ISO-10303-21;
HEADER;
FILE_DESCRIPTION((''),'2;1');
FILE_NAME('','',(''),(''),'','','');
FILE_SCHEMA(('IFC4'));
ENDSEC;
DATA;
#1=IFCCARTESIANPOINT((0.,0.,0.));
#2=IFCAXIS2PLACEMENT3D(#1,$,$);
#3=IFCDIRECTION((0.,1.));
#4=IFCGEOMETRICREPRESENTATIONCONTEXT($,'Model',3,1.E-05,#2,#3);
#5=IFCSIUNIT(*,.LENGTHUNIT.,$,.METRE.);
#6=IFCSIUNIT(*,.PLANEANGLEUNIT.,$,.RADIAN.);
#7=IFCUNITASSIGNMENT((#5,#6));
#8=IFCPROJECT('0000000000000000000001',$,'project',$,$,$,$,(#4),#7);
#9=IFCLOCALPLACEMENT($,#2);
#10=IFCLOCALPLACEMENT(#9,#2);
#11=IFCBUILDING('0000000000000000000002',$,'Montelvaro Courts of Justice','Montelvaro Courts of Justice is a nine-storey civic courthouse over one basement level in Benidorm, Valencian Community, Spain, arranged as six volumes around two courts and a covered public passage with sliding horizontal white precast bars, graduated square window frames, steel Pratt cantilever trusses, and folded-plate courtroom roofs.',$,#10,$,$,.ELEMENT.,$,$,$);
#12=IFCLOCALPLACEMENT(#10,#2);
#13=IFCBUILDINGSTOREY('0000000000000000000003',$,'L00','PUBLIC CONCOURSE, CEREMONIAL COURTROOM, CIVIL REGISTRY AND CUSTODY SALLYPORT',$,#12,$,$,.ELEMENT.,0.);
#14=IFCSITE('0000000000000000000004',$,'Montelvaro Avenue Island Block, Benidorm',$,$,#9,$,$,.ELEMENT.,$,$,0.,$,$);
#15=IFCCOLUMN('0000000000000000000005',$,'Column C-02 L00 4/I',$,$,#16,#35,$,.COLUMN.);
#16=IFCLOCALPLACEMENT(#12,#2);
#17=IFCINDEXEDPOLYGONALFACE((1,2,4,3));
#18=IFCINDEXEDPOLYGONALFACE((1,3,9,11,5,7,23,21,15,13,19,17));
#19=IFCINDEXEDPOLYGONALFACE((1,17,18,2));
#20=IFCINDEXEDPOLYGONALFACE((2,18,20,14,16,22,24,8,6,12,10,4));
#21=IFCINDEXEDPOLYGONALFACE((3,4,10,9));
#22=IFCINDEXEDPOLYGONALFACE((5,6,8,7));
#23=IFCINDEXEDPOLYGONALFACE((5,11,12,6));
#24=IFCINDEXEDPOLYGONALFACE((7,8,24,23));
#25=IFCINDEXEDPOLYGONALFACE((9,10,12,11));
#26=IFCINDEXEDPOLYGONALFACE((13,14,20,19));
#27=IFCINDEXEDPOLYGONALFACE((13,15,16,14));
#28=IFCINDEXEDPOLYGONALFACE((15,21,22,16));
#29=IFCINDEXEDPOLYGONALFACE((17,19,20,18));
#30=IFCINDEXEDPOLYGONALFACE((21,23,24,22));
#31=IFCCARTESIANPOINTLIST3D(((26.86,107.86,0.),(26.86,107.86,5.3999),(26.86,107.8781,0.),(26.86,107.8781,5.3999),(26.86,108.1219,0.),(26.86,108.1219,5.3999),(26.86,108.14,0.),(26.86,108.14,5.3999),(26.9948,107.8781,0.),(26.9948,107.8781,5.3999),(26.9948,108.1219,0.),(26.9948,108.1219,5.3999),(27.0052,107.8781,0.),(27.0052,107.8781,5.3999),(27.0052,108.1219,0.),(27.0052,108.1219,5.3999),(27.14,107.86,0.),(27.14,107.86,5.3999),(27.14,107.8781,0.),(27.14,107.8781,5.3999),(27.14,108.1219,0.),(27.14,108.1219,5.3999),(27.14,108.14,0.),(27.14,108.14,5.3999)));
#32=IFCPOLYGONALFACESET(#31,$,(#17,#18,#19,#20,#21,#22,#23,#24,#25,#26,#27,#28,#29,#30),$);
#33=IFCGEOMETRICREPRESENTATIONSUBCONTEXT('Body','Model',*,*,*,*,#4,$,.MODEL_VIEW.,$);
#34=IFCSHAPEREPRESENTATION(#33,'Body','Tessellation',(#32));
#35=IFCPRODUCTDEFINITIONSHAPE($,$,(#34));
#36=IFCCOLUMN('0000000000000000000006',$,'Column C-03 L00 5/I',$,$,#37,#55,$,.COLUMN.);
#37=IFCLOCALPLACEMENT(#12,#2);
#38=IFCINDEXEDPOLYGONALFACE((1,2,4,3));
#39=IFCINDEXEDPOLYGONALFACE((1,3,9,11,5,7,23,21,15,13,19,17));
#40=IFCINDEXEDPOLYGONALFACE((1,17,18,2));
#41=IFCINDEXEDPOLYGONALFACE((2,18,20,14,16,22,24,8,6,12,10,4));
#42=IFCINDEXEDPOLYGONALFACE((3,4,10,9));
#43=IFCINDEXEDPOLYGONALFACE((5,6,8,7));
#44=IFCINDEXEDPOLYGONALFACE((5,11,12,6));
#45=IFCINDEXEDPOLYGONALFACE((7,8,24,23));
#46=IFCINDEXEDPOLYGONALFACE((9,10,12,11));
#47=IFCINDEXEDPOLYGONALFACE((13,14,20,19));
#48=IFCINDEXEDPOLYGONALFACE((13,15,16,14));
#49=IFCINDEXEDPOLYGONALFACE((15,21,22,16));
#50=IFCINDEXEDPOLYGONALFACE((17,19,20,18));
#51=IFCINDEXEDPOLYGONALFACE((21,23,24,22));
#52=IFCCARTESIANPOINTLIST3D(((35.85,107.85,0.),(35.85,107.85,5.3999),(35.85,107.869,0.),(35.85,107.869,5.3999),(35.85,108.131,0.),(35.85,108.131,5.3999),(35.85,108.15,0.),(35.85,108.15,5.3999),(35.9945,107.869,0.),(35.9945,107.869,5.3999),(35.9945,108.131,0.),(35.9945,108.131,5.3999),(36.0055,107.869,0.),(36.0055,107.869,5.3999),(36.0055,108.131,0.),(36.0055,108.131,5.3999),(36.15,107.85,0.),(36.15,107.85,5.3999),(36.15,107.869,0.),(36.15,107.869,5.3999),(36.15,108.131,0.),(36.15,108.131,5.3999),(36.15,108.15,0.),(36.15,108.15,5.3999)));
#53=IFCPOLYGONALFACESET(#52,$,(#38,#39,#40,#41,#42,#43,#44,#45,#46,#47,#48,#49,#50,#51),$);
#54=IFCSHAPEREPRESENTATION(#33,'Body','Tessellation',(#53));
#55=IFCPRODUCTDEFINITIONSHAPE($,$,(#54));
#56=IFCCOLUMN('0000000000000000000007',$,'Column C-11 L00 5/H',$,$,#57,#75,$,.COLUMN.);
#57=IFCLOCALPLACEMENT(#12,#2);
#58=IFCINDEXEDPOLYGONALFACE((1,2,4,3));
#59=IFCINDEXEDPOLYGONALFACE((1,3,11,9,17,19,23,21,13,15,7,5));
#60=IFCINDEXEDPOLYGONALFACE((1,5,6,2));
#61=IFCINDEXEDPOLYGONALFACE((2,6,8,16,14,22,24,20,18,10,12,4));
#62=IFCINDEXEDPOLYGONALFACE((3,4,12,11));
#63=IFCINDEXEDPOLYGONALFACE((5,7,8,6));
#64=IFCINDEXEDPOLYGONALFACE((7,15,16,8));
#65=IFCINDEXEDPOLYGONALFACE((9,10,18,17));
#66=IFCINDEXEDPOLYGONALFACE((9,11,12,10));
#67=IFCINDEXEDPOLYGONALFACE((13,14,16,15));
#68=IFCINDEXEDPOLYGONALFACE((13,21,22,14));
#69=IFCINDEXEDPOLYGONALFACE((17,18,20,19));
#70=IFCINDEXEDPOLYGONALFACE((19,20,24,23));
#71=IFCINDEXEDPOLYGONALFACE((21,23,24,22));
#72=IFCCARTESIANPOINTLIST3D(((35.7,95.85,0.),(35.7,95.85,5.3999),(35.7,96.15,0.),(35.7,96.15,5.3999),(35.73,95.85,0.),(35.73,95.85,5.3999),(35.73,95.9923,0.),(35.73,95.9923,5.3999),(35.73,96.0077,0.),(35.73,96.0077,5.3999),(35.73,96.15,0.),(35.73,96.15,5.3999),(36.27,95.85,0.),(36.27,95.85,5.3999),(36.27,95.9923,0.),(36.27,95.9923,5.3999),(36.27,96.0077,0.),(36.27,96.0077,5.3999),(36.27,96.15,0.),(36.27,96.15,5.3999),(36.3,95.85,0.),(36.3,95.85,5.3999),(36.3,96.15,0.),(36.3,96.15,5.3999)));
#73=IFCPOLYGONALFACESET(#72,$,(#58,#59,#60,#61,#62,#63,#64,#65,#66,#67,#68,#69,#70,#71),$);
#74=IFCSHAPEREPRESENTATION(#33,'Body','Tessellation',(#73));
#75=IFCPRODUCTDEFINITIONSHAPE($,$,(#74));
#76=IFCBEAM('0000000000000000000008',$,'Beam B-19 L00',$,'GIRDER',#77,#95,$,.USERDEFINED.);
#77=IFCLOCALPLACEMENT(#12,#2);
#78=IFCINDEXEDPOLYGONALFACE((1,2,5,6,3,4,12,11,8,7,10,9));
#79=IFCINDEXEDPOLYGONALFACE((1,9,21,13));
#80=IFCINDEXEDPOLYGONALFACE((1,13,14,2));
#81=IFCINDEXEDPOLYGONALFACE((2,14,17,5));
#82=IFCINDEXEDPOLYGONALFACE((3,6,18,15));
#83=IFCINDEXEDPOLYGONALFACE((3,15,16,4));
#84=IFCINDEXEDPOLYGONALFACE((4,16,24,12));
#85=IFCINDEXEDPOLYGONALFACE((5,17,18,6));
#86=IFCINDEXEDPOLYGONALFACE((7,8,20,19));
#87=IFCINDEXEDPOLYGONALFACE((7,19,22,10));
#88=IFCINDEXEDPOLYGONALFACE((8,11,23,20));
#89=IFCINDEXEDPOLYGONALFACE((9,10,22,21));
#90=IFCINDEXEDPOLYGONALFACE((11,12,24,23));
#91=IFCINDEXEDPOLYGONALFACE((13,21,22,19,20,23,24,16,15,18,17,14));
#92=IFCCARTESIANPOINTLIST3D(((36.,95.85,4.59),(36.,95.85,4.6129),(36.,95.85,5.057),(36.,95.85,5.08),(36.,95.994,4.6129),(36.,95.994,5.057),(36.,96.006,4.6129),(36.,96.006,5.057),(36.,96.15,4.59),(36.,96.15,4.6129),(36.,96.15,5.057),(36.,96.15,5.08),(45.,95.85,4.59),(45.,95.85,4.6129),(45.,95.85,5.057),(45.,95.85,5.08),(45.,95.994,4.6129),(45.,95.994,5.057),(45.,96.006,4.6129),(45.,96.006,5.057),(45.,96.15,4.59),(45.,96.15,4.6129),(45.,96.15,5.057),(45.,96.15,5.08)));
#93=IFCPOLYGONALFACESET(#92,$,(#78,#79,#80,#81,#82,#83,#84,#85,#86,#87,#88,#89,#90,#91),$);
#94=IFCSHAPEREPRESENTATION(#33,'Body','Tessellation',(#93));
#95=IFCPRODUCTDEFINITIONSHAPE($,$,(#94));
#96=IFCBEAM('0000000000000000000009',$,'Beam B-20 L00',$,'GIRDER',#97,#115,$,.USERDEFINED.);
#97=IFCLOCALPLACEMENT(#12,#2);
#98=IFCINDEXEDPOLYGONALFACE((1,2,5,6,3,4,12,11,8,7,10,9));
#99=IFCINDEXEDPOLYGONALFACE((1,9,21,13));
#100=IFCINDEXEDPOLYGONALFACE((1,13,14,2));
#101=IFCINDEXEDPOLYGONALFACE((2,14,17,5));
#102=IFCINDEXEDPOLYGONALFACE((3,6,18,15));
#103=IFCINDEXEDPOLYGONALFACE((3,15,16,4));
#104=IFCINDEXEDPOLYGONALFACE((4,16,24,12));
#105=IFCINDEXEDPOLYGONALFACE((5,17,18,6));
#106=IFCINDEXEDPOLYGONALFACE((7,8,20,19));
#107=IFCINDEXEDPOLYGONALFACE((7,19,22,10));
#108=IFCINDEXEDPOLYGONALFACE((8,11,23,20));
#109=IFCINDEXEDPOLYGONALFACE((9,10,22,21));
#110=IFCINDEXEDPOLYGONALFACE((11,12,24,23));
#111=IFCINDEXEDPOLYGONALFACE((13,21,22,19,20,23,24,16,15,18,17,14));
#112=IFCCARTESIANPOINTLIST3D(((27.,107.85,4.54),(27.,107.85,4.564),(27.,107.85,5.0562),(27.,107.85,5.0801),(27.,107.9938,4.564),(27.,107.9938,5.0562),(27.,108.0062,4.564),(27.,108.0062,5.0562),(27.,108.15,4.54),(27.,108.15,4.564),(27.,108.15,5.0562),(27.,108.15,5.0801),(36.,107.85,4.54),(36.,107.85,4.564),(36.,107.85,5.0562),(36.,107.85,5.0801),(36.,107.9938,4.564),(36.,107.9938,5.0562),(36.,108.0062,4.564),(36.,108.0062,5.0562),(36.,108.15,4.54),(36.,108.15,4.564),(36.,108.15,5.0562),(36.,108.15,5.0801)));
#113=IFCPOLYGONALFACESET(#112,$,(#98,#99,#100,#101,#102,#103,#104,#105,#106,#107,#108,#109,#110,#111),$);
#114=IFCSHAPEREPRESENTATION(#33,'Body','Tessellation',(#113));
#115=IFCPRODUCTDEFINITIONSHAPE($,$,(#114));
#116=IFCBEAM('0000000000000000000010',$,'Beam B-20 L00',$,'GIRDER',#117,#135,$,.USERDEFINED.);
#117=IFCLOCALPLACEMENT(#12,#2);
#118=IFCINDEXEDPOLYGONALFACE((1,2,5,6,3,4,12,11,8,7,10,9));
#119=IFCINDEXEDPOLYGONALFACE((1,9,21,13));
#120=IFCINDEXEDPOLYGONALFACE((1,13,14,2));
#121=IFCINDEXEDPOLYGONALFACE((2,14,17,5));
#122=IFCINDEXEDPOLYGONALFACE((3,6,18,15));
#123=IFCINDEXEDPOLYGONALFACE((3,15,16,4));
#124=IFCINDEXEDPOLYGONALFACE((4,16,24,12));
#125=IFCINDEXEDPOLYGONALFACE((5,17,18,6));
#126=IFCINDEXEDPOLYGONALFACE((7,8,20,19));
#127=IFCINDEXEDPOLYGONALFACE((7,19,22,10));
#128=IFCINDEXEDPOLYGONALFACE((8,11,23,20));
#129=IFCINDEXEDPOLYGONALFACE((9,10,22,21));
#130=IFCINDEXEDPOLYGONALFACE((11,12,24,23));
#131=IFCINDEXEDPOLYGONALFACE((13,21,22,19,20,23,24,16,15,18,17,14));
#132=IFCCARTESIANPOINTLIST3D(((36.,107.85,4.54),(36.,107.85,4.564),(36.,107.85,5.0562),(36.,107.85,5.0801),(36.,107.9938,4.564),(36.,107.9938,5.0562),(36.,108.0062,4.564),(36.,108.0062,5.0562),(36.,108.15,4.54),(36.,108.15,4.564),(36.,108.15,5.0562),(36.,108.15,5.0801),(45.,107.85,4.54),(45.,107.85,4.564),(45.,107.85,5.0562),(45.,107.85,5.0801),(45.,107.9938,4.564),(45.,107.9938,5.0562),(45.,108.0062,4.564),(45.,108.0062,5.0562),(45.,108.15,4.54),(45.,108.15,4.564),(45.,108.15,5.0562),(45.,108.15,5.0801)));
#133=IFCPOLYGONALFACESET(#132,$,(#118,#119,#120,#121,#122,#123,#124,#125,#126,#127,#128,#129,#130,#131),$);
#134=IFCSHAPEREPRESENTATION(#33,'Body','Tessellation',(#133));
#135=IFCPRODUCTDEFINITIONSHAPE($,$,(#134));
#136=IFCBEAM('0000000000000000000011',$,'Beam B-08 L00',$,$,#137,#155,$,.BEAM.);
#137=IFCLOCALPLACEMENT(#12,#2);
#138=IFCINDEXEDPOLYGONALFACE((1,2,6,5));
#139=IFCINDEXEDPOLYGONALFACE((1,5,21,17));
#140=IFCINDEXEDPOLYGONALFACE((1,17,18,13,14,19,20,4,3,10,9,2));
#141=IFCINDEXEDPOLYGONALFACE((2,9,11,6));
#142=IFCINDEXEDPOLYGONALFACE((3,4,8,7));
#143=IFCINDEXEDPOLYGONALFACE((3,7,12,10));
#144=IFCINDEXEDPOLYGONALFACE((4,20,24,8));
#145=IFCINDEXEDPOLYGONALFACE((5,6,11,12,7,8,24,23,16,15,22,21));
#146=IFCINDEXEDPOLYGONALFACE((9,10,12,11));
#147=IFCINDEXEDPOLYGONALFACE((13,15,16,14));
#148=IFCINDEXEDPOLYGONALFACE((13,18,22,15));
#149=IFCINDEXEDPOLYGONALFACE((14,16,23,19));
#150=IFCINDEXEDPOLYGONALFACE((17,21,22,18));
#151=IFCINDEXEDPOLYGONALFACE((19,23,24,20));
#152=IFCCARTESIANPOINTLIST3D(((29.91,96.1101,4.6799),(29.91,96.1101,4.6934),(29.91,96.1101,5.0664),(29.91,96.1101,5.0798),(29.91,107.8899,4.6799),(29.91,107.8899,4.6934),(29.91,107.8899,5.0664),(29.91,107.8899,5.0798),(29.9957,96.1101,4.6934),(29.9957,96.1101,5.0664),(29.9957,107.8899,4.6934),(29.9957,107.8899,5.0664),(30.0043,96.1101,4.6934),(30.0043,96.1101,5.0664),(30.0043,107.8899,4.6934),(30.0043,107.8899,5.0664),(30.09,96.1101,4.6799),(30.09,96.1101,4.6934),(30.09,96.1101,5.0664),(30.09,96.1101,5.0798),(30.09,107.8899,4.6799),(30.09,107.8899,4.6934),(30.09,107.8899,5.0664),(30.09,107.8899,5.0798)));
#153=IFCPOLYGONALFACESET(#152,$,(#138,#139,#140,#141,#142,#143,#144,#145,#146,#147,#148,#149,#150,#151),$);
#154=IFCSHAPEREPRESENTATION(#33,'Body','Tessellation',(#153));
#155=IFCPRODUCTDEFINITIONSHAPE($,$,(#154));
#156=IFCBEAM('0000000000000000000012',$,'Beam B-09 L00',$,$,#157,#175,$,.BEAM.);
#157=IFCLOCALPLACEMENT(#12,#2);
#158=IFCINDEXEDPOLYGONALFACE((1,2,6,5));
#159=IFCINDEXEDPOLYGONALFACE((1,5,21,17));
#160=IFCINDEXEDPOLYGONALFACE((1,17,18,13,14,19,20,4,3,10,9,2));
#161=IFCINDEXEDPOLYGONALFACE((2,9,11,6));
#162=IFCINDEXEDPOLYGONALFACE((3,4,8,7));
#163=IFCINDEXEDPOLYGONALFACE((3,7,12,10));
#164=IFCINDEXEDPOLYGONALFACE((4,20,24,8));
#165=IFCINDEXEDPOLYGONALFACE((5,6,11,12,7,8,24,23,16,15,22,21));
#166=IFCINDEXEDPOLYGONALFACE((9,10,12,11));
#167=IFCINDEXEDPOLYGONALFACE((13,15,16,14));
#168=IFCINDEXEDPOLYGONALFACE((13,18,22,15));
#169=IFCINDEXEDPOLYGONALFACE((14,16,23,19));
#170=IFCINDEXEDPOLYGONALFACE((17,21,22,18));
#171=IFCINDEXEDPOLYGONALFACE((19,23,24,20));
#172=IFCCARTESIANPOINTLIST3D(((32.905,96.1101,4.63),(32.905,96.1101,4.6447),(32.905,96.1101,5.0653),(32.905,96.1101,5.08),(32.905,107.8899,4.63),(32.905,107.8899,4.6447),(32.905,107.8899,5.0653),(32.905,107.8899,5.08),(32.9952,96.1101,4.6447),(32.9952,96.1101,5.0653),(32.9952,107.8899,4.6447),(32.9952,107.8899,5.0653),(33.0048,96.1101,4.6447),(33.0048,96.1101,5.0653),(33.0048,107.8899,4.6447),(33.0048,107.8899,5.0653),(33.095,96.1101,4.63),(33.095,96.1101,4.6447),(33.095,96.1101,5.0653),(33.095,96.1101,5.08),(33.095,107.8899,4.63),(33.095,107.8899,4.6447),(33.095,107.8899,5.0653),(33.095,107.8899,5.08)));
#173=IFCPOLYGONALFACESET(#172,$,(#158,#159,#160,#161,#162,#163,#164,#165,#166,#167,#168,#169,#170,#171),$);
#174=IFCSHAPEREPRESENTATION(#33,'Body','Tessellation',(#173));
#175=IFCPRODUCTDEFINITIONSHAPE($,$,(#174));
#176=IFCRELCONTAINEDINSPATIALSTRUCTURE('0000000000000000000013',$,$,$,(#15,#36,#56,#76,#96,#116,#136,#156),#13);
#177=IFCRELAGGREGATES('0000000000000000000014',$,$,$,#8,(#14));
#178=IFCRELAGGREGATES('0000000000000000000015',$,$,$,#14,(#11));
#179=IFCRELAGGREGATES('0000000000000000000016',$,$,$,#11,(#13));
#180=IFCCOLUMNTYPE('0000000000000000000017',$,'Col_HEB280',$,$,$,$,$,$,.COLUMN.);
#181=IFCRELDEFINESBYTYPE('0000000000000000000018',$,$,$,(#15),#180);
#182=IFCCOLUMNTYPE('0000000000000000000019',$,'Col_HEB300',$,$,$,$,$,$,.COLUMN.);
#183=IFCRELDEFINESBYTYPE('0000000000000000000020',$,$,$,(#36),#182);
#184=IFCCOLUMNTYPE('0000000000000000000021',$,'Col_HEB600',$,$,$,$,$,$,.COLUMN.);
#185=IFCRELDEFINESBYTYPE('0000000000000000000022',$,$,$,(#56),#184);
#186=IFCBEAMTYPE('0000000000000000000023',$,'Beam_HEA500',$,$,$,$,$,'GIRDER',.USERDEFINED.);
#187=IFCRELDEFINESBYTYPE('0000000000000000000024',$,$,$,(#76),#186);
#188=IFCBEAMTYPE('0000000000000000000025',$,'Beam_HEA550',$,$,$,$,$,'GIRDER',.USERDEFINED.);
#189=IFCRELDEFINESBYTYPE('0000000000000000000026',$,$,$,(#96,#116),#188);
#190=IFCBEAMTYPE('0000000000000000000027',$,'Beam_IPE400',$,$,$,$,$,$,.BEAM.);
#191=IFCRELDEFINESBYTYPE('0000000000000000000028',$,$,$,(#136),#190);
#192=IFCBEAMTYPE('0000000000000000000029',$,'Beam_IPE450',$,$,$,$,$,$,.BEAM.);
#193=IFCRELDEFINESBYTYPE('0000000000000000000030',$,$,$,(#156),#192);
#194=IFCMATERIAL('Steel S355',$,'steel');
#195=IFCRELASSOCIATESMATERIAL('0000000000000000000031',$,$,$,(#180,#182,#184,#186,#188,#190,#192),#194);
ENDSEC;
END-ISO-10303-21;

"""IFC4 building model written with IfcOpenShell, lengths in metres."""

from ifc_helpers import new_model, si_unit, direction, frame, origin, origin_2d, place, context, subcontext, project, spatial, i_section, extrude, material, material_profile, profile_set, type_object, element, save


model = new_model("IFC4")

# Units and contexts
model_context = context("Model", 3, precision=1e-05, world=origin(), true_north=direction((0.0, 1.0)))
body_context = subcontext(model_context, "Body", "Model", "MODEL_VIEW")
ifc_project = project(units=[si_unit("LENGTHUNIT", "METRE"), si_unit("PLANEANGLEUNIT", "RADIAN")], contexts=[model_context])

# Site, building, storey
site_placement = place(None, origin())
site = spatial("IfcSite", under=ifc_project, at=site_placement, Name="Montelvaro Avenue Island Block, Benidorm", CompositionType="ELEMENT", RefElevation=0.0)
building_placement = place(site_placement, origin())
building = spatial("IfcBuilding", under=site, at=building_placement, Name="Montelvaro Courts of Justice", Description="Montelvaro Courts of Justice is a nine-storey civic courthouse over one basement level in Benidorm, Valencian Community, Spain, arranged as six volumes around two courts and a covered public passage with sliding horizontal white precast bars, graduated square window frames, steel Pratt cantilever trusses, and folded-plate courtroom roofs.", CompositionType="ELEMENT")
storey_placement = place(building_placement, origin())
storey = spatial("IfcBuildingStorey", under=building, at=storey_placement, Name="L00", Description="PUBLIC CONCOURSE, CEREMONIAL COURTROOM, CIVIL REGISTRY AND CUSTODY SALLYPORT", CompositionType="ELEMENT", Elevation=0.0)

# Columns
ifc_material_1 = material(Name="Steel S355", Category="steel")
ifc_material_profile_1 = material_profile(ifc_material_1, i_section(OverallWidth=0.28, OverallDepth=0.28, WebThickness=0.0105, FlangeThickness=0.0181, at=origin_2d()), Name="HEB 280")
ifc_profile_set_1 = profile_set([ifc_material_profile_1], Name="Steel S355")
column_type_1 = type_object("IfcColumnType", Name="Col_HEB280", PredefinedType="COLUMN", material=ifc_profile_set_1)
column_1_placement = place(storey_placement, frame((27.0, 108.0, 0.0), z_axis=(0.0, 0.0, 1.0), x_axis=(1.0, 0.0, 0.0)))
element("IfcColumn", 1, at=column_1_placement, inside=storey, type_object=column_type_1, Name="Column C-02 L00 4/I", PredefinedType="COLUMN", context=body_context, shape_type="SweptSolid", body=[
    extrude(i_section(OverallWidth=0.28, OverallDepth=0.28, WebThickness=0.0105, FlangeThickness=0.0181, at=origin_2d()), origin(), (0.0, 0.0, 1.0), 5.3999),
])
ifc_material_profile_2 = material_profile(ifc_material_1, i_section(OverallWidth=0.3, OverallDepth=0.3, WebThickness=0.011, FlangeThickness=0.019, at=origin_2d()), Name="HEB 300")
ifc_profile_set_2 = profile_set([ifc_material_profile_2], Name="Steel S355")
column_type_2 = type_object("IfcColumnType", Name="Col_HEB300", PredefinedType="COLUMN", material=ifc_profile_set_2)
column_2_placement = place(storey_placement, frame((36.0, 108.0, 0.0), z_axis=(0.0, 0.0, 1.0), x_axis=(1.0, 0.0, 0.0)))
element("IfcColumn", 2, at=column_2_placement, inside=storey, type_object=column_type_2, Name="Column C-03 L00 5/I", PredefinedType="COLUMN", context=body_context, shape_type="SweptSolid", body=[
    extrude(i_section(OverallWidth=0.3, OverallDepth=0.3, WebThickness=0.011, FlangeThickness=0.019, at=origin_2d()), origin(), (0.0, 0.0, 1.0), 5.3999),
])
ifc_material_profile_3 = material_profile(ifc_material_1, i_section(OverallWidth=0.3, OverallDepth=0.6001, WebThickness=0.0154, FlangeThickness=0.03, at=origin_2d()), Name="HEB 600")
ifc_profile_set_3 = profile_set([ifc_material_profile_3], Name="Steel S355")
column_type_3 = type_object("IfcColumnType", Name="Col_HEB600", PredefinedType="COLUMN", material=ifc_profile_set_3)
column_3_placement = place(storey_placement, frame((36.0, 96.0, 0.0), z_axis=(0.0, 0.0, 1.0), x_axis=(0.0, 1.0, 0.0)))
element("IfcColumn", 3, at=column_3_placement, inside=storey, type_object=column_type_3, Name="Column C-11 L00 5/H", PredefinedType="COLUMN", context=body_context, shape_type="SweptSolid", body=[
    extrude(i_section(OverallWidth=0.3, OverallDepth=0.6001, WebThickness=0.0154, FlangeThickness=0.03, at=origin_2d()), origin(), (0.0, 0.0, 1.0), 5.3999),
])

# Beams
ifc_material_profile_4 = material_profile(ifc_material_1, i_section(OverallWidth=0.3, OverallDepth=0.49, WebThickness=0.012, FlangeThickness=0.0229, at=origin_2d()), Name="HEA 500")
ifc_profile_set_4 = profile_set([ifc_material_profile_4], Name="Steel S355")
beam_type_1 = type_object("IfcBeamType", Name="Beam_HEA500", ElementType="GIRDER", PredefinedType="USERDEFINED", material=ifc_profile_set_4)
beam_1_placement = place(storey_placement, frame((36.0, 96.0, 4.835), z_axis=(1.0, 0.0, 0.0), x_axis=(0.0, 1.0, 0.0)))
element("IfcBeam", 4, at=beam_1_placement, inside=storey, type_object=beam_type_1, Name="Beam B-19 L00", ObjectType="GIRDER", PredefinedType="USERDEFINED", context=body_context, shape_type="SweptSolid", body=[
    extrude(i_section(OverallWidth=0.3, OverallDepth=0.49, WebThickness=0.012, FlangeThickness=0.0229, at=origin_2d()), origin(), (0.0, 0.0, 1.0), 9.0),
])
ifc_material_profile_5 = material_profile(ifc_material_1, i_section(OverallWidth=0.3, OverallDepth=0.54, WebThickness=0.0125, FlangeThickness=0.0239, at=origin_2d()), Name="HEA 550")
ifc_profile_set_5 = profile_set([ifc_material_profile_5], Name="Steel S355")
beam_type_2 = type_object("IfcBeamType", Name="Beam_HEA550", ElementType="GIRDER", PredefinedType="USERDEFINED", material=ifc_profile_set_5)
for number, where, z_axis, x_axis, name in (
    (5, (27.0, 108.0, 4.8101), (1.0, 0.0, 0.0), (0.0, 1.0, 0.0), "Beam B-20 L00"),
    (6, (36.0, 108.0, 4.8101), (1.0, 0.0, 0.0), (0.0, 1.0, 0.0), "Beam B-20 L00"),
):
    element("IfcBeam", number, at=place(storey_placement, frame(where, z_axis=z_axis, x_axis=x_axis)), inside=storey, type_object=beam_type_2, Name=name, ObjectType="GIRDER", PredefinedType="USERDEFINED", context=body_context, shape_type="SweptSolid", body=[
        extrude(i_section(OverallWidth=0.3, OverallDepth=0.54, WebThickness=0.0125, FlangeThickness=0.0239, at=origin_2d()), origin(), (0.0, 0.0, 1.0), 9.0),
    ])
ifc_material_profile_6 = material_profile(ifc_material_1, i_section(OverallWidth=0.1799, OverallDepth=0.3999, WebThickness=0.0085, FlangeThickness=0.0134, at=origin_2d()), Name="IPE 400")
ifc_profile_set_6 = profile_set([ifc_material_profile_6], Name="Steel S355")
beam_type_3 = type_object("IfcBeamType", Name="Beam_IPE400", PredefinedType="BEAM", material=ifc_profile_set_6)
beam_2_placement = place(storey_placement, frame((30.0, 96.1101, 4.8799), z_axis=(0.0, 1.0, 0.0), x_axis=(-1.0, 0.0, 0.0)))
element("IfcBeam", 7, at=beam_2_placement, inside=storey, type_object=beam_type_3, Name="Beam B-08 L00", PredefinedType="BEAM", context=body_context, shape_type="SweptSolid", body=[
    extrude(i_section(OverallWidth=0.1799, OverallDepth=0.3999, WebThickness=0.0085, FlangeThickness=0.0134, at=origin_2d()), origin(), (0.0, 0.0, 1.0), 11.7798),
])
ifc_material_profile_7 = material_profile(ifc_material_1, i_section(OverallWidth=0.1899, OverallDepth=0.45, WebThickness=0.0095, FlangeThickness=0.0146, at=origin_2d()), Name="IPE 450")
ifc_profile_set_7 = profile_set([ifc_material_profile_7], Name="Steel S355")
beam_type_4 = type_object("IfcBeamType", Name="Beam_IPE450", PredefinedType="BEAM", material=ifc_profile_set_7)
for number, where, z_axis, x_axis, name in (
    (8, (33.0, 96.1101, 4.855), (0.0, 1.0, 0.0), (-1.0, 0.0, 0.0), "Beam B-09 L00"),
):
    element("IfcBeam", number, at=place(storey_placement, frame(where, z_axis=z_axis, x_axis=x_axis)), inside=storey, type_object=beam_type_4, Name=name, PredefinedType="BEAM", context=body_context, shape_type="SweptSolid", body=[
        extrude(i_section(OverallWidth=0.1899, OverallDepth=0.45, WebThickness=0.0095, FlangeThickness=0.0146, at=origin_2d()), origin(), (0.0, 0.0, 1.0), 11.7798),
    ])

save(model, "model.ifc")
